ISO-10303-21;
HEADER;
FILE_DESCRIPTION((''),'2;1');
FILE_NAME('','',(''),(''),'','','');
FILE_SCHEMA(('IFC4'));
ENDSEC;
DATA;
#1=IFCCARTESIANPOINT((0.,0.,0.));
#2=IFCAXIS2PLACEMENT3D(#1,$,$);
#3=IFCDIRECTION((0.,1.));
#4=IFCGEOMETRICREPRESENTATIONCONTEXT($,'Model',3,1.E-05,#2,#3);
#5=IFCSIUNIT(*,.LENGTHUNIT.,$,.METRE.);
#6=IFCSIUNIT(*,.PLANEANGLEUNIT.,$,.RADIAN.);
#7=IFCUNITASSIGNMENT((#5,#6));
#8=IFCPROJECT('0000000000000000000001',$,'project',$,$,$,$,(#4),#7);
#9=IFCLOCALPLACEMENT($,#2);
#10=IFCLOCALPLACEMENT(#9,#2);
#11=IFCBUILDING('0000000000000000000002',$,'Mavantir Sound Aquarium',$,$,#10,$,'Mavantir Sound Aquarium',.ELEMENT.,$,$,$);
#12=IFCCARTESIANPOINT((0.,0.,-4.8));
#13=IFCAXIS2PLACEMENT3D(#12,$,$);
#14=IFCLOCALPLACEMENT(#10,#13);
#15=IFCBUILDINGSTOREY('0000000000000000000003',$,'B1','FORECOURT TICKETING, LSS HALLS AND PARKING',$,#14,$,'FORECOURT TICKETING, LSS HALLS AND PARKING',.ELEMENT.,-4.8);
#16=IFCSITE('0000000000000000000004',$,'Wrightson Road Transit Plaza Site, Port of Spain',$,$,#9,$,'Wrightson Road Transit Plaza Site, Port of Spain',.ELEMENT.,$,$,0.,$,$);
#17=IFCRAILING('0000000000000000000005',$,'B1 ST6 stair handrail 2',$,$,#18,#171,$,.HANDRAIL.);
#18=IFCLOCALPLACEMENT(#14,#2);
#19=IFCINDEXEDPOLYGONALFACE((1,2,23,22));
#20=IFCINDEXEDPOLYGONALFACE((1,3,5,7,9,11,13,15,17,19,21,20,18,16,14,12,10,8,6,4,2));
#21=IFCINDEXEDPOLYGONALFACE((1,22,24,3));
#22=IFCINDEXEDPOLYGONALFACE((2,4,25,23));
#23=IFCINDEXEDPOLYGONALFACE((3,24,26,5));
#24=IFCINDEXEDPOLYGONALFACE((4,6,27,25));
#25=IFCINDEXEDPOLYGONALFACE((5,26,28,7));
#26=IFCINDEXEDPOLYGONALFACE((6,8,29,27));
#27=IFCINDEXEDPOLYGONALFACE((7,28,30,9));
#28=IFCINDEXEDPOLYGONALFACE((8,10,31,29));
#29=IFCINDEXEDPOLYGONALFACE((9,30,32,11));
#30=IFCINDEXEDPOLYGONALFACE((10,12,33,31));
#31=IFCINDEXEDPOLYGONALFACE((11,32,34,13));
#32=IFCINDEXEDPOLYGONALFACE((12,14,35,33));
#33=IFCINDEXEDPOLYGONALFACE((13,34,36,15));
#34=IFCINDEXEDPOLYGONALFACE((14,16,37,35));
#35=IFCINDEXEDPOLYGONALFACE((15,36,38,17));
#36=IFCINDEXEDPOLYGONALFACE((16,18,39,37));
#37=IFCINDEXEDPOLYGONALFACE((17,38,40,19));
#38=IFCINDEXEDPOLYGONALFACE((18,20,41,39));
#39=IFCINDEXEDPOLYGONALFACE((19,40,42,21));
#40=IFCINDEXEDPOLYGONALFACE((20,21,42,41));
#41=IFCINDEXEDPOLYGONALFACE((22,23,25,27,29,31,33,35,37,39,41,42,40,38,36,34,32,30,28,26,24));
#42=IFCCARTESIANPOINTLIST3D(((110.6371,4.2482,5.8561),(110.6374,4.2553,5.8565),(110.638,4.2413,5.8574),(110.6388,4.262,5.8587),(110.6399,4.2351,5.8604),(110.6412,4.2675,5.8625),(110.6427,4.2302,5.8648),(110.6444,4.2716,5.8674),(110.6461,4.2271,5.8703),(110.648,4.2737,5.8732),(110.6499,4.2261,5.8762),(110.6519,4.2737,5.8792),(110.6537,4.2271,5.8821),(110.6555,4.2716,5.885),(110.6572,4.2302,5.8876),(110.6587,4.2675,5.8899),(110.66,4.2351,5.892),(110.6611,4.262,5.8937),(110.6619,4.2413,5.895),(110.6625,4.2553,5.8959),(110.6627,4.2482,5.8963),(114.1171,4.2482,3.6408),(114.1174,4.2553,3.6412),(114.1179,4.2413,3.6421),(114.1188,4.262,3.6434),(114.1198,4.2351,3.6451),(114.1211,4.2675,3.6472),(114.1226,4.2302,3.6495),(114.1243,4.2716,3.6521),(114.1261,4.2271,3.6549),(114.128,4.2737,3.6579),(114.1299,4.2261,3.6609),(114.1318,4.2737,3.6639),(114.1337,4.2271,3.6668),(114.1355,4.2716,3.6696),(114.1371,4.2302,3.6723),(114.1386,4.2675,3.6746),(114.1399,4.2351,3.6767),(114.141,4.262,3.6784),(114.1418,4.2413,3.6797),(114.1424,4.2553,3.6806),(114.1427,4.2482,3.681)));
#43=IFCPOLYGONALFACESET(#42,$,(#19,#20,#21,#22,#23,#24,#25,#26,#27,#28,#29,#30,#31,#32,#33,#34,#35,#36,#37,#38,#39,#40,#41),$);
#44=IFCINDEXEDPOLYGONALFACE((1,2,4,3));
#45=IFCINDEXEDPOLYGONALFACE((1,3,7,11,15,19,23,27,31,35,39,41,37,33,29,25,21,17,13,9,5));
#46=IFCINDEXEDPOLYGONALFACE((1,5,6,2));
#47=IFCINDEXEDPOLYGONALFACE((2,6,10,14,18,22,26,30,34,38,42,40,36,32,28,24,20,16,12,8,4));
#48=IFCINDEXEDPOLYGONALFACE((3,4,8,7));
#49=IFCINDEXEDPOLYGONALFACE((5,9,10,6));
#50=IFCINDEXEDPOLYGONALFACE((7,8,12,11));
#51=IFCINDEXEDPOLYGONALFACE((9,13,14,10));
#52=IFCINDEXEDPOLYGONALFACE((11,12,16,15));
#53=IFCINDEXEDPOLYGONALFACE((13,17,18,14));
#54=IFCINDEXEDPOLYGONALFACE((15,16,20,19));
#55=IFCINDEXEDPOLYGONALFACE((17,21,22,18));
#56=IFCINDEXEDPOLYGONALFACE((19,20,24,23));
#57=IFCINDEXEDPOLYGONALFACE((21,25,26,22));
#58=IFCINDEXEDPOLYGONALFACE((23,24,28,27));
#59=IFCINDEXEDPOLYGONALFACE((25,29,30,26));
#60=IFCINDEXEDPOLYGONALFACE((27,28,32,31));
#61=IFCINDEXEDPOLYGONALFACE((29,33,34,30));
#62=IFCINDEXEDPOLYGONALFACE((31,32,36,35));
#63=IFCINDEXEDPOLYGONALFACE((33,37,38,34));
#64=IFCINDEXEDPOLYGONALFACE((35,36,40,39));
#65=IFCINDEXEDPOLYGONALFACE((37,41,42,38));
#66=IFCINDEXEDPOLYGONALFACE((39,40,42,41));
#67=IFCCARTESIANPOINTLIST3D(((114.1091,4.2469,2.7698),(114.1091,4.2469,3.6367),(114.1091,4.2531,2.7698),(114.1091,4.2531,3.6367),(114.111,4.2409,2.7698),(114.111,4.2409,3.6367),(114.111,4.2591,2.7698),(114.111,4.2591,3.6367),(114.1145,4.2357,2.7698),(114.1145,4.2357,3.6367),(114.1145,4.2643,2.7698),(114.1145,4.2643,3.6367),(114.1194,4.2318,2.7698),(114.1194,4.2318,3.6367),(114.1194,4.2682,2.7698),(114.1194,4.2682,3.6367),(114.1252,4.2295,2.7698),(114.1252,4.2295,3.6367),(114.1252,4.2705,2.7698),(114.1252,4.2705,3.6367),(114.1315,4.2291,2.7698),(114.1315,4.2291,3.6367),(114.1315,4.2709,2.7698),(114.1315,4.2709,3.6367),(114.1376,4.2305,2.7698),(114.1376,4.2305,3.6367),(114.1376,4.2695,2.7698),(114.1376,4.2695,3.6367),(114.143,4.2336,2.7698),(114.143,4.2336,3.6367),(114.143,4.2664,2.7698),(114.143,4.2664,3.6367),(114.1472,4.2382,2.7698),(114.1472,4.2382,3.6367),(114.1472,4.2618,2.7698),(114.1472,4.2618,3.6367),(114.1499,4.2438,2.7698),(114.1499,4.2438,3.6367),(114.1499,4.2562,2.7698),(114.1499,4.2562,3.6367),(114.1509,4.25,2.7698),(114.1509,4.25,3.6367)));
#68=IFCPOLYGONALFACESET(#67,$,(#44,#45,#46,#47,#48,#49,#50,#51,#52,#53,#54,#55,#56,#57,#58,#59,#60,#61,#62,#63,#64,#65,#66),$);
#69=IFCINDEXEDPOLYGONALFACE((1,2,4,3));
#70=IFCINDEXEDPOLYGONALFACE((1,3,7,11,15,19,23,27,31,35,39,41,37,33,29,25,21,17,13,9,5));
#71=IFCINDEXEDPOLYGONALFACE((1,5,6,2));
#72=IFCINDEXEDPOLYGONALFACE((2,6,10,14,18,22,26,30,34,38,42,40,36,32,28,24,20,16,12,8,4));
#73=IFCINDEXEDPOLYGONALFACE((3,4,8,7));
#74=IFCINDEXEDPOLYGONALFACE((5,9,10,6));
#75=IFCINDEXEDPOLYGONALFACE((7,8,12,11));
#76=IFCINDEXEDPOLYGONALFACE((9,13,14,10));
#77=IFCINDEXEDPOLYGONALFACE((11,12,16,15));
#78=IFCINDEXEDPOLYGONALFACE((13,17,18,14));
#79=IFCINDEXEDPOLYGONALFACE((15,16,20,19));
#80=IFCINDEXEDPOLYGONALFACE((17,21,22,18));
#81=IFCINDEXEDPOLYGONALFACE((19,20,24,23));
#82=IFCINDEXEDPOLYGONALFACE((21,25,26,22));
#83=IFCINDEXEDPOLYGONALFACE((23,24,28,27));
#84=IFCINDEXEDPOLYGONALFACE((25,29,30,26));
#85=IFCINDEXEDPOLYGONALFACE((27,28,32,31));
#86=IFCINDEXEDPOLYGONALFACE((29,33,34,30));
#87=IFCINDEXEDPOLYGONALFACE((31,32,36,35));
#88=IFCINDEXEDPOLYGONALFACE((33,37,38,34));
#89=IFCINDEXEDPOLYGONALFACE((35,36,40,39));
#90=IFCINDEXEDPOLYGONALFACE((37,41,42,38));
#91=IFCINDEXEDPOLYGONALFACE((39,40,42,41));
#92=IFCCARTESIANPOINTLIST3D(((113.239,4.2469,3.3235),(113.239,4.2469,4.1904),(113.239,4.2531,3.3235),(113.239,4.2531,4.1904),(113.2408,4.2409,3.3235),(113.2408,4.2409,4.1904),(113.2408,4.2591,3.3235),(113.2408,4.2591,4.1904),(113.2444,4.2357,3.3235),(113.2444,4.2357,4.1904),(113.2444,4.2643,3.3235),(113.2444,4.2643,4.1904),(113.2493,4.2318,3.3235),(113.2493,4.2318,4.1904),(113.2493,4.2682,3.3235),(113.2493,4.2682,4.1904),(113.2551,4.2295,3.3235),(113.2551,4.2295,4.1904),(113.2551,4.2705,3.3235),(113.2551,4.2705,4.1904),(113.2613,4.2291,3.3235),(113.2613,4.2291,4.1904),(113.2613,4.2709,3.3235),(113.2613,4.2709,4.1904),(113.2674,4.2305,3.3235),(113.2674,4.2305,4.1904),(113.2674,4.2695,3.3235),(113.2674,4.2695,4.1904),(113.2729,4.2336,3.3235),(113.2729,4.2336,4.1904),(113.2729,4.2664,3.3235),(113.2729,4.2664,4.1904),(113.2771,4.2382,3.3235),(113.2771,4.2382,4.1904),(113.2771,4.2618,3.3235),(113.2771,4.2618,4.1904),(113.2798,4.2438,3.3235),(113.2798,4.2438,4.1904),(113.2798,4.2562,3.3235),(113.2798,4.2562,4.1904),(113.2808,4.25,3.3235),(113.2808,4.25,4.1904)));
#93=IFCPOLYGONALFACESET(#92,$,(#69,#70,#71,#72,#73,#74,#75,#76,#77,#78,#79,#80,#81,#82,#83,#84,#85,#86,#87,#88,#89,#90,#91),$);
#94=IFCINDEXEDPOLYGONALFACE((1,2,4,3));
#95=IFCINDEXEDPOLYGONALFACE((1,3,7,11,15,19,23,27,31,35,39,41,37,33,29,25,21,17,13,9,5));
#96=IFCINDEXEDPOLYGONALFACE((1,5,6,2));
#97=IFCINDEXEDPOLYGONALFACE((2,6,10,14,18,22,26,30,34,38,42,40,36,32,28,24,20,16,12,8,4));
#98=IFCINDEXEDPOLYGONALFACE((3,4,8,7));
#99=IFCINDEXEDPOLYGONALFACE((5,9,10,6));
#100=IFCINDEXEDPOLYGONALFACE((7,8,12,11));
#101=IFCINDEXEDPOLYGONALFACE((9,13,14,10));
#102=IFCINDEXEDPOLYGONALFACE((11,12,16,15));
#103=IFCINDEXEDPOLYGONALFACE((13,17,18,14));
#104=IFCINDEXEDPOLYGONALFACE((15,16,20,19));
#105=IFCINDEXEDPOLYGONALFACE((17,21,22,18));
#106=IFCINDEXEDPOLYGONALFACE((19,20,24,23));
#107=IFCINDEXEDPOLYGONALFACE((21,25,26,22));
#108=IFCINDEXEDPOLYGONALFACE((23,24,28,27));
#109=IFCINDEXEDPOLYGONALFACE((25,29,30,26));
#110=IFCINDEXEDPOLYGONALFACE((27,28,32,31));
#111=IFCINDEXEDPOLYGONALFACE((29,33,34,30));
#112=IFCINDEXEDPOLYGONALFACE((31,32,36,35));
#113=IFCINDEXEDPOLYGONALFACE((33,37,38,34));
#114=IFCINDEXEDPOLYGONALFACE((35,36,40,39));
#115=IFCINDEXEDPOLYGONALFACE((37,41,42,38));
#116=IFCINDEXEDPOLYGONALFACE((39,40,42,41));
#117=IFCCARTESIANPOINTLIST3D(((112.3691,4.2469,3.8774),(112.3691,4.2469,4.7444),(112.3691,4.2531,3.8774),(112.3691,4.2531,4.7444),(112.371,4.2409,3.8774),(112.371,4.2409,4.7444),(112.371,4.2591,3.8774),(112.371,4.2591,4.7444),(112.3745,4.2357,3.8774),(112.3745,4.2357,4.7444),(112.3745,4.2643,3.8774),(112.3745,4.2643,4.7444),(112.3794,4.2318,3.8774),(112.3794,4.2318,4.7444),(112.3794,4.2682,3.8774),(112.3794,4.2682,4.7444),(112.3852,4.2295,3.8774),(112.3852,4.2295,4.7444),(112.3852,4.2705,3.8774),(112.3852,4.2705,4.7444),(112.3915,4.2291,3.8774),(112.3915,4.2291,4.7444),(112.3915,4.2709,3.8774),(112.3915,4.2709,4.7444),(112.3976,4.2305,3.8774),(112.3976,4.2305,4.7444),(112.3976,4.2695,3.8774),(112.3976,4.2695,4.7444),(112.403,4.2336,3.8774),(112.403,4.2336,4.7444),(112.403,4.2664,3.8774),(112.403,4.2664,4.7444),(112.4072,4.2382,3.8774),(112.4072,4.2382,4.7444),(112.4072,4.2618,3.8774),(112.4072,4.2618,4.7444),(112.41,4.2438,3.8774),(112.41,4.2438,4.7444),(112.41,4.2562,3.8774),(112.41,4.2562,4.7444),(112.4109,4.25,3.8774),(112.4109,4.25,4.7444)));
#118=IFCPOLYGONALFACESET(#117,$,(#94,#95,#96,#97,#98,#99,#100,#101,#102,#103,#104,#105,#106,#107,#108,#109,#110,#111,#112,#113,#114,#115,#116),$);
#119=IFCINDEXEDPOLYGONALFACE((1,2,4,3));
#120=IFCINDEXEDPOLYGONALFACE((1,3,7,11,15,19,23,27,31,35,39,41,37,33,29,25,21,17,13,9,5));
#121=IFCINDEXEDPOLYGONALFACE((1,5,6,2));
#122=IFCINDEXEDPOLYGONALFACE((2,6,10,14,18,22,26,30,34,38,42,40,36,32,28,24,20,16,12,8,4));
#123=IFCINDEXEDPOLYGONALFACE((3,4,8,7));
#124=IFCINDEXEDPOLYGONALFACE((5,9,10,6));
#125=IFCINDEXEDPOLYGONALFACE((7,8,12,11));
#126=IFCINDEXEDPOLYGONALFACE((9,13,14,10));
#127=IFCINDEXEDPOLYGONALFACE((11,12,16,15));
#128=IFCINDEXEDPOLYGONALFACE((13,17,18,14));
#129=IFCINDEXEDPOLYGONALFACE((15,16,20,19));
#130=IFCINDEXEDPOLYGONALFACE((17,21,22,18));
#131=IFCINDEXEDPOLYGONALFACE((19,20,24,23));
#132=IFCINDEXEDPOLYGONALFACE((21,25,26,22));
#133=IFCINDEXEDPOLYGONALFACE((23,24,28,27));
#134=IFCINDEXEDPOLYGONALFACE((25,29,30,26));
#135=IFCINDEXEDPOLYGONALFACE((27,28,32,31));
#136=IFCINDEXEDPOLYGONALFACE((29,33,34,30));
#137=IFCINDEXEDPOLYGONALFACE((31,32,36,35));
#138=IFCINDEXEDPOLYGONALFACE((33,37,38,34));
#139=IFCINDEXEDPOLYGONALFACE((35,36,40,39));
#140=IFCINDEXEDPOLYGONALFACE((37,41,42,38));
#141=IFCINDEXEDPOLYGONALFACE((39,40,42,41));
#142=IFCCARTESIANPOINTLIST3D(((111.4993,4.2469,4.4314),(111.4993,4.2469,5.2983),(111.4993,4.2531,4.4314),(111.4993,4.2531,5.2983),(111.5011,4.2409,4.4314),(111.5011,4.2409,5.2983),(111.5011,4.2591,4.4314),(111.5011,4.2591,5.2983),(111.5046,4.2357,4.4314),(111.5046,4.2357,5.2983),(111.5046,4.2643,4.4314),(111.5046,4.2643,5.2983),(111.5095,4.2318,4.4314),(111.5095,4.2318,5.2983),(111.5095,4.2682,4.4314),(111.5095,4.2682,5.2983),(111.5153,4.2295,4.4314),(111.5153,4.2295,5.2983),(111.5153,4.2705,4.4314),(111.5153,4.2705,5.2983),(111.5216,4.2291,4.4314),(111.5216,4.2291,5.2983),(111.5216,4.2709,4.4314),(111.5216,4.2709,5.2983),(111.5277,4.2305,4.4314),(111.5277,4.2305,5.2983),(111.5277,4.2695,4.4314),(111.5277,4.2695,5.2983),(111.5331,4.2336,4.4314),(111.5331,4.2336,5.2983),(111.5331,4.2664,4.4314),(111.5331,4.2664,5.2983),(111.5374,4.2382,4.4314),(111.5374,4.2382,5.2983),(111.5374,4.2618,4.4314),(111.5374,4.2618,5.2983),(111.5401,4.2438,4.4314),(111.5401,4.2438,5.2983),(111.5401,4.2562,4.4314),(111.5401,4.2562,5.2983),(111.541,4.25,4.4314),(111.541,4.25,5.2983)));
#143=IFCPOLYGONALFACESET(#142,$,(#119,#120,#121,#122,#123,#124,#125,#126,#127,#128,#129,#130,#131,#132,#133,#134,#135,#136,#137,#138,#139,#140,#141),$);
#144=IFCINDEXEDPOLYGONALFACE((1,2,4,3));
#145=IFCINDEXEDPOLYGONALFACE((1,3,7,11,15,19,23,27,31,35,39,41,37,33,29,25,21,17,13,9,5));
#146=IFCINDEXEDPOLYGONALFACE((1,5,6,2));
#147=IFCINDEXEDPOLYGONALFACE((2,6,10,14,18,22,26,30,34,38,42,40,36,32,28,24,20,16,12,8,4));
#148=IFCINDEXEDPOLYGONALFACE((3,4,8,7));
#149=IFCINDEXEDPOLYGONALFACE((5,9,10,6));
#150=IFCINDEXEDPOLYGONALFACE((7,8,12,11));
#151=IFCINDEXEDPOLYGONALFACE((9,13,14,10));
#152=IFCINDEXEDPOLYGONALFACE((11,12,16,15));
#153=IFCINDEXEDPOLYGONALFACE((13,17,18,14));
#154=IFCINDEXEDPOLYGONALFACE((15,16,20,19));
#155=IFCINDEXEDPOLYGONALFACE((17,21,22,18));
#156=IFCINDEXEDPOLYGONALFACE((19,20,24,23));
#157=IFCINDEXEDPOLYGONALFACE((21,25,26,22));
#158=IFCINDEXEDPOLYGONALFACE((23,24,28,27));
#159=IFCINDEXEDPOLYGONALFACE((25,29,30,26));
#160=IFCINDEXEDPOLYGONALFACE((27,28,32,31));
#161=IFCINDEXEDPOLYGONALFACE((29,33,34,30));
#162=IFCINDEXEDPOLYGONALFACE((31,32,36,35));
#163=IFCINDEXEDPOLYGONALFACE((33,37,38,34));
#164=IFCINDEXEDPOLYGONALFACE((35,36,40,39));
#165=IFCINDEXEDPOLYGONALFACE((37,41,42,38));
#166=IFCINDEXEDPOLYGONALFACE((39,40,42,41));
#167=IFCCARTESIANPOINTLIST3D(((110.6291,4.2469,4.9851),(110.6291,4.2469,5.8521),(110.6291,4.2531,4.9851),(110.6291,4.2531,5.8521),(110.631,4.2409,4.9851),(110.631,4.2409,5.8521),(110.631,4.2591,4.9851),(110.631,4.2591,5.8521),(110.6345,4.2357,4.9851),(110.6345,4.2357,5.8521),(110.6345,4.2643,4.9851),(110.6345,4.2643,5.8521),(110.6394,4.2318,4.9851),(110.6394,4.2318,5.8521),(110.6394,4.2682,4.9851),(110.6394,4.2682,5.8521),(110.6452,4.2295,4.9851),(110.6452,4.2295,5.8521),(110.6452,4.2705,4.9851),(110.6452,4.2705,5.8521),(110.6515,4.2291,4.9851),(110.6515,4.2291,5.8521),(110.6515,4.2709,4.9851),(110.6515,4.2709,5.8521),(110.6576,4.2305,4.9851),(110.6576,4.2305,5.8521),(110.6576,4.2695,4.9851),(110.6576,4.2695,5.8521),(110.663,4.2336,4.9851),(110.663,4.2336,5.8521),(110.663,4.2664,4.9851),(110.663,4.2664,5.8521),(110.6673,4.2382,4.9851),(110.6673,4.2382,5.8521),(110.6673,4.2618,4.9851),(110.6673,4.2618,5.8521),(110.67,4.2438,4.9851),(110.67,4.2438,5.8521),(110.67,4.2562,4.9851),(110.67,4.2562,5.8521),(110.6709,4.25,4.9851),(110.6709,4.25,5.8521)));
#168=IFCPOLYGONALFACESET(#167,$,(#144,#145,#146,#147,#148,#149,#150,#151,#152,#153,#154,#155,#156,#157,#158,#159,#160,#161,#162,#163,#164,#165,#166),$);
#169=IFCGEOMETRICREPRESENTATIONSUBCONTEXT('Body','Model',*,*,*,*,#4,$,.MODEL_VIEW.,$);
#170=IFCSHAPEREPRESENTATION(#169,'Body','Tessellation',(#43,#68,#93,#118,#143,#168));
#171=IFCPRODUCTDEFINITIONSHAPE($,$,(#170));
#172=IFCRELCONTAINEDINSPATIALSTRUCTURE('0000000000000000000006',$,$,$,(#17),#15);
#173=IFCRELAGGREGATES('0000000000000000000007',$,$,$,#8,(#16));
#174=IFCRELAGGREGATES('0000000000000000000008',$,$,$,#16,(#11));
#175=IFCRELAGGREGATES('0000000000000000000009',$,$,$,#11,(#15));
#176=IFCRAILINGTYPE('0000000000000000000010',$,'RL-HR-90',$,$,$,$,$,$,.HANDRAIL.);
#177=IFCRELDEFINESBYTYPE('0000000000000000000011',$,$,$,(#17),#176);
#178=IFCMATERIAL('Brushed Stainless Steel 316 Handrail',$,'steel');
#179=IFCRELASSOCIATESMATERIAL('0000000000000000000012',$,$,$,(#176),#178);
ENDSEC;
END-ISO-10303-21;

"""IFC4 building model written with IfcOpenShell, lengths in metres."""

from ifc_helpers import new_model, si_unit, direction, frame, origin, origin_2d, place, context, subcontext, project, spatial, circle, extrude, material, type_object, element, save


model = new_model("IFC4")

# Units and contexts
model_context = context("Model", 3, precision=1e-05, world=origin(), true_north=direction((0.0, 1.0)))
body_context = subcontext(model_context, "Body", "Model", "MODEL_VIEW")
ifc_project = project(units=[si_unit("LENGTHUNIT", "METRE"), si_unit("PLANEANGLEUNIT", "RADIAN")], contexts=[model_context])

# Site, building, storey
site_placement = place(None, origin())
site = spatial("IfcSite", under=ifc_project, at=site_placement, Name="Wrightson Road Transit Plaza Site, Port of Spain", LongName="Wrightson Road Transit Plaza Site, Port of Spain", CompositionType="ELEMENT", RefElevation=0.0)
building_placement = place(site_placement, origin())
building = spatial("IfcBuilding", under=site, at=building_placement, Name="Mavantir Sound Aquarium", LongName="Mavantir Sound Aquarium", CompositionType="ELEMENT")
storey_placement = place(building_placement, frame((0.0, 0.0, -4.8)))
storey = spatial("IfcBuildingStorey", under=building, at=storey_placement, Name="B1", Description="FORECOURT TICKETING, LSS HALLS AND PARKING", LongName="FORECOURT TICKETING, LSS HALLS AND PARKING", CompositionType="ELEMENT", Elevation=-4.8)

# Railing
ifc_material_1 = material(Name="Brushed Stainless Steel 316 Handrail", Category="steel")
railing_type_1 = type_object("IfcRailingType", Name="RL-HR-90", PredefinedType="HANDRAIL", material=ifc_material_1)
railing_1_placement = place(storey_placement, frame((114.1299, 4.25, 2.7698)))
element("IfcRailing", 1, at=railing_1_placement, inside=storey, type_object=railing_type_1, Name="B1 ST6 stair handrail 2", PredefinedType="HANDRAIL", context=body_context, shape_type="SweptSolid", body=[
    extrude(circle(Radius=0.0239, at=origin_2d()), frame((0.0, 0.0, 0.8911), z_axis=(-0.843574, 0.0, 0.537013), x_axis=(0.0, -1.0, 0.0)), (0.0, 0.0, 1.0), 4.1252),
    extrude(circle(Radius=0.021, at=origin_2d()), origin(), (0.0, 0.0, 1.0), 0.8669),
    extrude(circle(Radius=0.021, at=origin_2d()), frame((-0.8701, 0.0, 0.5537)), (0.0, 0.0, 1.0), 0.8669),
    extrude(circle(Radius=0.021, at=origin_2d()), frame((-1.74, 0.0, 1.1077)), (0.0, 0.0, 1.0), 0.8669),
    extrude(circle(Radius=0.021, at=origin_2d()), frame((-2.6099, 0.0, 1.6616)), (0.0, 0.0, 1.0), 0.8669),
    extrude(circle(Radius=0.021, at=origin_2d()), frame((-3.48, 0.0, 2.2153)), (0.0, 0.0, 1.0), 0.8669),
])

save(model, "model.ifc")
